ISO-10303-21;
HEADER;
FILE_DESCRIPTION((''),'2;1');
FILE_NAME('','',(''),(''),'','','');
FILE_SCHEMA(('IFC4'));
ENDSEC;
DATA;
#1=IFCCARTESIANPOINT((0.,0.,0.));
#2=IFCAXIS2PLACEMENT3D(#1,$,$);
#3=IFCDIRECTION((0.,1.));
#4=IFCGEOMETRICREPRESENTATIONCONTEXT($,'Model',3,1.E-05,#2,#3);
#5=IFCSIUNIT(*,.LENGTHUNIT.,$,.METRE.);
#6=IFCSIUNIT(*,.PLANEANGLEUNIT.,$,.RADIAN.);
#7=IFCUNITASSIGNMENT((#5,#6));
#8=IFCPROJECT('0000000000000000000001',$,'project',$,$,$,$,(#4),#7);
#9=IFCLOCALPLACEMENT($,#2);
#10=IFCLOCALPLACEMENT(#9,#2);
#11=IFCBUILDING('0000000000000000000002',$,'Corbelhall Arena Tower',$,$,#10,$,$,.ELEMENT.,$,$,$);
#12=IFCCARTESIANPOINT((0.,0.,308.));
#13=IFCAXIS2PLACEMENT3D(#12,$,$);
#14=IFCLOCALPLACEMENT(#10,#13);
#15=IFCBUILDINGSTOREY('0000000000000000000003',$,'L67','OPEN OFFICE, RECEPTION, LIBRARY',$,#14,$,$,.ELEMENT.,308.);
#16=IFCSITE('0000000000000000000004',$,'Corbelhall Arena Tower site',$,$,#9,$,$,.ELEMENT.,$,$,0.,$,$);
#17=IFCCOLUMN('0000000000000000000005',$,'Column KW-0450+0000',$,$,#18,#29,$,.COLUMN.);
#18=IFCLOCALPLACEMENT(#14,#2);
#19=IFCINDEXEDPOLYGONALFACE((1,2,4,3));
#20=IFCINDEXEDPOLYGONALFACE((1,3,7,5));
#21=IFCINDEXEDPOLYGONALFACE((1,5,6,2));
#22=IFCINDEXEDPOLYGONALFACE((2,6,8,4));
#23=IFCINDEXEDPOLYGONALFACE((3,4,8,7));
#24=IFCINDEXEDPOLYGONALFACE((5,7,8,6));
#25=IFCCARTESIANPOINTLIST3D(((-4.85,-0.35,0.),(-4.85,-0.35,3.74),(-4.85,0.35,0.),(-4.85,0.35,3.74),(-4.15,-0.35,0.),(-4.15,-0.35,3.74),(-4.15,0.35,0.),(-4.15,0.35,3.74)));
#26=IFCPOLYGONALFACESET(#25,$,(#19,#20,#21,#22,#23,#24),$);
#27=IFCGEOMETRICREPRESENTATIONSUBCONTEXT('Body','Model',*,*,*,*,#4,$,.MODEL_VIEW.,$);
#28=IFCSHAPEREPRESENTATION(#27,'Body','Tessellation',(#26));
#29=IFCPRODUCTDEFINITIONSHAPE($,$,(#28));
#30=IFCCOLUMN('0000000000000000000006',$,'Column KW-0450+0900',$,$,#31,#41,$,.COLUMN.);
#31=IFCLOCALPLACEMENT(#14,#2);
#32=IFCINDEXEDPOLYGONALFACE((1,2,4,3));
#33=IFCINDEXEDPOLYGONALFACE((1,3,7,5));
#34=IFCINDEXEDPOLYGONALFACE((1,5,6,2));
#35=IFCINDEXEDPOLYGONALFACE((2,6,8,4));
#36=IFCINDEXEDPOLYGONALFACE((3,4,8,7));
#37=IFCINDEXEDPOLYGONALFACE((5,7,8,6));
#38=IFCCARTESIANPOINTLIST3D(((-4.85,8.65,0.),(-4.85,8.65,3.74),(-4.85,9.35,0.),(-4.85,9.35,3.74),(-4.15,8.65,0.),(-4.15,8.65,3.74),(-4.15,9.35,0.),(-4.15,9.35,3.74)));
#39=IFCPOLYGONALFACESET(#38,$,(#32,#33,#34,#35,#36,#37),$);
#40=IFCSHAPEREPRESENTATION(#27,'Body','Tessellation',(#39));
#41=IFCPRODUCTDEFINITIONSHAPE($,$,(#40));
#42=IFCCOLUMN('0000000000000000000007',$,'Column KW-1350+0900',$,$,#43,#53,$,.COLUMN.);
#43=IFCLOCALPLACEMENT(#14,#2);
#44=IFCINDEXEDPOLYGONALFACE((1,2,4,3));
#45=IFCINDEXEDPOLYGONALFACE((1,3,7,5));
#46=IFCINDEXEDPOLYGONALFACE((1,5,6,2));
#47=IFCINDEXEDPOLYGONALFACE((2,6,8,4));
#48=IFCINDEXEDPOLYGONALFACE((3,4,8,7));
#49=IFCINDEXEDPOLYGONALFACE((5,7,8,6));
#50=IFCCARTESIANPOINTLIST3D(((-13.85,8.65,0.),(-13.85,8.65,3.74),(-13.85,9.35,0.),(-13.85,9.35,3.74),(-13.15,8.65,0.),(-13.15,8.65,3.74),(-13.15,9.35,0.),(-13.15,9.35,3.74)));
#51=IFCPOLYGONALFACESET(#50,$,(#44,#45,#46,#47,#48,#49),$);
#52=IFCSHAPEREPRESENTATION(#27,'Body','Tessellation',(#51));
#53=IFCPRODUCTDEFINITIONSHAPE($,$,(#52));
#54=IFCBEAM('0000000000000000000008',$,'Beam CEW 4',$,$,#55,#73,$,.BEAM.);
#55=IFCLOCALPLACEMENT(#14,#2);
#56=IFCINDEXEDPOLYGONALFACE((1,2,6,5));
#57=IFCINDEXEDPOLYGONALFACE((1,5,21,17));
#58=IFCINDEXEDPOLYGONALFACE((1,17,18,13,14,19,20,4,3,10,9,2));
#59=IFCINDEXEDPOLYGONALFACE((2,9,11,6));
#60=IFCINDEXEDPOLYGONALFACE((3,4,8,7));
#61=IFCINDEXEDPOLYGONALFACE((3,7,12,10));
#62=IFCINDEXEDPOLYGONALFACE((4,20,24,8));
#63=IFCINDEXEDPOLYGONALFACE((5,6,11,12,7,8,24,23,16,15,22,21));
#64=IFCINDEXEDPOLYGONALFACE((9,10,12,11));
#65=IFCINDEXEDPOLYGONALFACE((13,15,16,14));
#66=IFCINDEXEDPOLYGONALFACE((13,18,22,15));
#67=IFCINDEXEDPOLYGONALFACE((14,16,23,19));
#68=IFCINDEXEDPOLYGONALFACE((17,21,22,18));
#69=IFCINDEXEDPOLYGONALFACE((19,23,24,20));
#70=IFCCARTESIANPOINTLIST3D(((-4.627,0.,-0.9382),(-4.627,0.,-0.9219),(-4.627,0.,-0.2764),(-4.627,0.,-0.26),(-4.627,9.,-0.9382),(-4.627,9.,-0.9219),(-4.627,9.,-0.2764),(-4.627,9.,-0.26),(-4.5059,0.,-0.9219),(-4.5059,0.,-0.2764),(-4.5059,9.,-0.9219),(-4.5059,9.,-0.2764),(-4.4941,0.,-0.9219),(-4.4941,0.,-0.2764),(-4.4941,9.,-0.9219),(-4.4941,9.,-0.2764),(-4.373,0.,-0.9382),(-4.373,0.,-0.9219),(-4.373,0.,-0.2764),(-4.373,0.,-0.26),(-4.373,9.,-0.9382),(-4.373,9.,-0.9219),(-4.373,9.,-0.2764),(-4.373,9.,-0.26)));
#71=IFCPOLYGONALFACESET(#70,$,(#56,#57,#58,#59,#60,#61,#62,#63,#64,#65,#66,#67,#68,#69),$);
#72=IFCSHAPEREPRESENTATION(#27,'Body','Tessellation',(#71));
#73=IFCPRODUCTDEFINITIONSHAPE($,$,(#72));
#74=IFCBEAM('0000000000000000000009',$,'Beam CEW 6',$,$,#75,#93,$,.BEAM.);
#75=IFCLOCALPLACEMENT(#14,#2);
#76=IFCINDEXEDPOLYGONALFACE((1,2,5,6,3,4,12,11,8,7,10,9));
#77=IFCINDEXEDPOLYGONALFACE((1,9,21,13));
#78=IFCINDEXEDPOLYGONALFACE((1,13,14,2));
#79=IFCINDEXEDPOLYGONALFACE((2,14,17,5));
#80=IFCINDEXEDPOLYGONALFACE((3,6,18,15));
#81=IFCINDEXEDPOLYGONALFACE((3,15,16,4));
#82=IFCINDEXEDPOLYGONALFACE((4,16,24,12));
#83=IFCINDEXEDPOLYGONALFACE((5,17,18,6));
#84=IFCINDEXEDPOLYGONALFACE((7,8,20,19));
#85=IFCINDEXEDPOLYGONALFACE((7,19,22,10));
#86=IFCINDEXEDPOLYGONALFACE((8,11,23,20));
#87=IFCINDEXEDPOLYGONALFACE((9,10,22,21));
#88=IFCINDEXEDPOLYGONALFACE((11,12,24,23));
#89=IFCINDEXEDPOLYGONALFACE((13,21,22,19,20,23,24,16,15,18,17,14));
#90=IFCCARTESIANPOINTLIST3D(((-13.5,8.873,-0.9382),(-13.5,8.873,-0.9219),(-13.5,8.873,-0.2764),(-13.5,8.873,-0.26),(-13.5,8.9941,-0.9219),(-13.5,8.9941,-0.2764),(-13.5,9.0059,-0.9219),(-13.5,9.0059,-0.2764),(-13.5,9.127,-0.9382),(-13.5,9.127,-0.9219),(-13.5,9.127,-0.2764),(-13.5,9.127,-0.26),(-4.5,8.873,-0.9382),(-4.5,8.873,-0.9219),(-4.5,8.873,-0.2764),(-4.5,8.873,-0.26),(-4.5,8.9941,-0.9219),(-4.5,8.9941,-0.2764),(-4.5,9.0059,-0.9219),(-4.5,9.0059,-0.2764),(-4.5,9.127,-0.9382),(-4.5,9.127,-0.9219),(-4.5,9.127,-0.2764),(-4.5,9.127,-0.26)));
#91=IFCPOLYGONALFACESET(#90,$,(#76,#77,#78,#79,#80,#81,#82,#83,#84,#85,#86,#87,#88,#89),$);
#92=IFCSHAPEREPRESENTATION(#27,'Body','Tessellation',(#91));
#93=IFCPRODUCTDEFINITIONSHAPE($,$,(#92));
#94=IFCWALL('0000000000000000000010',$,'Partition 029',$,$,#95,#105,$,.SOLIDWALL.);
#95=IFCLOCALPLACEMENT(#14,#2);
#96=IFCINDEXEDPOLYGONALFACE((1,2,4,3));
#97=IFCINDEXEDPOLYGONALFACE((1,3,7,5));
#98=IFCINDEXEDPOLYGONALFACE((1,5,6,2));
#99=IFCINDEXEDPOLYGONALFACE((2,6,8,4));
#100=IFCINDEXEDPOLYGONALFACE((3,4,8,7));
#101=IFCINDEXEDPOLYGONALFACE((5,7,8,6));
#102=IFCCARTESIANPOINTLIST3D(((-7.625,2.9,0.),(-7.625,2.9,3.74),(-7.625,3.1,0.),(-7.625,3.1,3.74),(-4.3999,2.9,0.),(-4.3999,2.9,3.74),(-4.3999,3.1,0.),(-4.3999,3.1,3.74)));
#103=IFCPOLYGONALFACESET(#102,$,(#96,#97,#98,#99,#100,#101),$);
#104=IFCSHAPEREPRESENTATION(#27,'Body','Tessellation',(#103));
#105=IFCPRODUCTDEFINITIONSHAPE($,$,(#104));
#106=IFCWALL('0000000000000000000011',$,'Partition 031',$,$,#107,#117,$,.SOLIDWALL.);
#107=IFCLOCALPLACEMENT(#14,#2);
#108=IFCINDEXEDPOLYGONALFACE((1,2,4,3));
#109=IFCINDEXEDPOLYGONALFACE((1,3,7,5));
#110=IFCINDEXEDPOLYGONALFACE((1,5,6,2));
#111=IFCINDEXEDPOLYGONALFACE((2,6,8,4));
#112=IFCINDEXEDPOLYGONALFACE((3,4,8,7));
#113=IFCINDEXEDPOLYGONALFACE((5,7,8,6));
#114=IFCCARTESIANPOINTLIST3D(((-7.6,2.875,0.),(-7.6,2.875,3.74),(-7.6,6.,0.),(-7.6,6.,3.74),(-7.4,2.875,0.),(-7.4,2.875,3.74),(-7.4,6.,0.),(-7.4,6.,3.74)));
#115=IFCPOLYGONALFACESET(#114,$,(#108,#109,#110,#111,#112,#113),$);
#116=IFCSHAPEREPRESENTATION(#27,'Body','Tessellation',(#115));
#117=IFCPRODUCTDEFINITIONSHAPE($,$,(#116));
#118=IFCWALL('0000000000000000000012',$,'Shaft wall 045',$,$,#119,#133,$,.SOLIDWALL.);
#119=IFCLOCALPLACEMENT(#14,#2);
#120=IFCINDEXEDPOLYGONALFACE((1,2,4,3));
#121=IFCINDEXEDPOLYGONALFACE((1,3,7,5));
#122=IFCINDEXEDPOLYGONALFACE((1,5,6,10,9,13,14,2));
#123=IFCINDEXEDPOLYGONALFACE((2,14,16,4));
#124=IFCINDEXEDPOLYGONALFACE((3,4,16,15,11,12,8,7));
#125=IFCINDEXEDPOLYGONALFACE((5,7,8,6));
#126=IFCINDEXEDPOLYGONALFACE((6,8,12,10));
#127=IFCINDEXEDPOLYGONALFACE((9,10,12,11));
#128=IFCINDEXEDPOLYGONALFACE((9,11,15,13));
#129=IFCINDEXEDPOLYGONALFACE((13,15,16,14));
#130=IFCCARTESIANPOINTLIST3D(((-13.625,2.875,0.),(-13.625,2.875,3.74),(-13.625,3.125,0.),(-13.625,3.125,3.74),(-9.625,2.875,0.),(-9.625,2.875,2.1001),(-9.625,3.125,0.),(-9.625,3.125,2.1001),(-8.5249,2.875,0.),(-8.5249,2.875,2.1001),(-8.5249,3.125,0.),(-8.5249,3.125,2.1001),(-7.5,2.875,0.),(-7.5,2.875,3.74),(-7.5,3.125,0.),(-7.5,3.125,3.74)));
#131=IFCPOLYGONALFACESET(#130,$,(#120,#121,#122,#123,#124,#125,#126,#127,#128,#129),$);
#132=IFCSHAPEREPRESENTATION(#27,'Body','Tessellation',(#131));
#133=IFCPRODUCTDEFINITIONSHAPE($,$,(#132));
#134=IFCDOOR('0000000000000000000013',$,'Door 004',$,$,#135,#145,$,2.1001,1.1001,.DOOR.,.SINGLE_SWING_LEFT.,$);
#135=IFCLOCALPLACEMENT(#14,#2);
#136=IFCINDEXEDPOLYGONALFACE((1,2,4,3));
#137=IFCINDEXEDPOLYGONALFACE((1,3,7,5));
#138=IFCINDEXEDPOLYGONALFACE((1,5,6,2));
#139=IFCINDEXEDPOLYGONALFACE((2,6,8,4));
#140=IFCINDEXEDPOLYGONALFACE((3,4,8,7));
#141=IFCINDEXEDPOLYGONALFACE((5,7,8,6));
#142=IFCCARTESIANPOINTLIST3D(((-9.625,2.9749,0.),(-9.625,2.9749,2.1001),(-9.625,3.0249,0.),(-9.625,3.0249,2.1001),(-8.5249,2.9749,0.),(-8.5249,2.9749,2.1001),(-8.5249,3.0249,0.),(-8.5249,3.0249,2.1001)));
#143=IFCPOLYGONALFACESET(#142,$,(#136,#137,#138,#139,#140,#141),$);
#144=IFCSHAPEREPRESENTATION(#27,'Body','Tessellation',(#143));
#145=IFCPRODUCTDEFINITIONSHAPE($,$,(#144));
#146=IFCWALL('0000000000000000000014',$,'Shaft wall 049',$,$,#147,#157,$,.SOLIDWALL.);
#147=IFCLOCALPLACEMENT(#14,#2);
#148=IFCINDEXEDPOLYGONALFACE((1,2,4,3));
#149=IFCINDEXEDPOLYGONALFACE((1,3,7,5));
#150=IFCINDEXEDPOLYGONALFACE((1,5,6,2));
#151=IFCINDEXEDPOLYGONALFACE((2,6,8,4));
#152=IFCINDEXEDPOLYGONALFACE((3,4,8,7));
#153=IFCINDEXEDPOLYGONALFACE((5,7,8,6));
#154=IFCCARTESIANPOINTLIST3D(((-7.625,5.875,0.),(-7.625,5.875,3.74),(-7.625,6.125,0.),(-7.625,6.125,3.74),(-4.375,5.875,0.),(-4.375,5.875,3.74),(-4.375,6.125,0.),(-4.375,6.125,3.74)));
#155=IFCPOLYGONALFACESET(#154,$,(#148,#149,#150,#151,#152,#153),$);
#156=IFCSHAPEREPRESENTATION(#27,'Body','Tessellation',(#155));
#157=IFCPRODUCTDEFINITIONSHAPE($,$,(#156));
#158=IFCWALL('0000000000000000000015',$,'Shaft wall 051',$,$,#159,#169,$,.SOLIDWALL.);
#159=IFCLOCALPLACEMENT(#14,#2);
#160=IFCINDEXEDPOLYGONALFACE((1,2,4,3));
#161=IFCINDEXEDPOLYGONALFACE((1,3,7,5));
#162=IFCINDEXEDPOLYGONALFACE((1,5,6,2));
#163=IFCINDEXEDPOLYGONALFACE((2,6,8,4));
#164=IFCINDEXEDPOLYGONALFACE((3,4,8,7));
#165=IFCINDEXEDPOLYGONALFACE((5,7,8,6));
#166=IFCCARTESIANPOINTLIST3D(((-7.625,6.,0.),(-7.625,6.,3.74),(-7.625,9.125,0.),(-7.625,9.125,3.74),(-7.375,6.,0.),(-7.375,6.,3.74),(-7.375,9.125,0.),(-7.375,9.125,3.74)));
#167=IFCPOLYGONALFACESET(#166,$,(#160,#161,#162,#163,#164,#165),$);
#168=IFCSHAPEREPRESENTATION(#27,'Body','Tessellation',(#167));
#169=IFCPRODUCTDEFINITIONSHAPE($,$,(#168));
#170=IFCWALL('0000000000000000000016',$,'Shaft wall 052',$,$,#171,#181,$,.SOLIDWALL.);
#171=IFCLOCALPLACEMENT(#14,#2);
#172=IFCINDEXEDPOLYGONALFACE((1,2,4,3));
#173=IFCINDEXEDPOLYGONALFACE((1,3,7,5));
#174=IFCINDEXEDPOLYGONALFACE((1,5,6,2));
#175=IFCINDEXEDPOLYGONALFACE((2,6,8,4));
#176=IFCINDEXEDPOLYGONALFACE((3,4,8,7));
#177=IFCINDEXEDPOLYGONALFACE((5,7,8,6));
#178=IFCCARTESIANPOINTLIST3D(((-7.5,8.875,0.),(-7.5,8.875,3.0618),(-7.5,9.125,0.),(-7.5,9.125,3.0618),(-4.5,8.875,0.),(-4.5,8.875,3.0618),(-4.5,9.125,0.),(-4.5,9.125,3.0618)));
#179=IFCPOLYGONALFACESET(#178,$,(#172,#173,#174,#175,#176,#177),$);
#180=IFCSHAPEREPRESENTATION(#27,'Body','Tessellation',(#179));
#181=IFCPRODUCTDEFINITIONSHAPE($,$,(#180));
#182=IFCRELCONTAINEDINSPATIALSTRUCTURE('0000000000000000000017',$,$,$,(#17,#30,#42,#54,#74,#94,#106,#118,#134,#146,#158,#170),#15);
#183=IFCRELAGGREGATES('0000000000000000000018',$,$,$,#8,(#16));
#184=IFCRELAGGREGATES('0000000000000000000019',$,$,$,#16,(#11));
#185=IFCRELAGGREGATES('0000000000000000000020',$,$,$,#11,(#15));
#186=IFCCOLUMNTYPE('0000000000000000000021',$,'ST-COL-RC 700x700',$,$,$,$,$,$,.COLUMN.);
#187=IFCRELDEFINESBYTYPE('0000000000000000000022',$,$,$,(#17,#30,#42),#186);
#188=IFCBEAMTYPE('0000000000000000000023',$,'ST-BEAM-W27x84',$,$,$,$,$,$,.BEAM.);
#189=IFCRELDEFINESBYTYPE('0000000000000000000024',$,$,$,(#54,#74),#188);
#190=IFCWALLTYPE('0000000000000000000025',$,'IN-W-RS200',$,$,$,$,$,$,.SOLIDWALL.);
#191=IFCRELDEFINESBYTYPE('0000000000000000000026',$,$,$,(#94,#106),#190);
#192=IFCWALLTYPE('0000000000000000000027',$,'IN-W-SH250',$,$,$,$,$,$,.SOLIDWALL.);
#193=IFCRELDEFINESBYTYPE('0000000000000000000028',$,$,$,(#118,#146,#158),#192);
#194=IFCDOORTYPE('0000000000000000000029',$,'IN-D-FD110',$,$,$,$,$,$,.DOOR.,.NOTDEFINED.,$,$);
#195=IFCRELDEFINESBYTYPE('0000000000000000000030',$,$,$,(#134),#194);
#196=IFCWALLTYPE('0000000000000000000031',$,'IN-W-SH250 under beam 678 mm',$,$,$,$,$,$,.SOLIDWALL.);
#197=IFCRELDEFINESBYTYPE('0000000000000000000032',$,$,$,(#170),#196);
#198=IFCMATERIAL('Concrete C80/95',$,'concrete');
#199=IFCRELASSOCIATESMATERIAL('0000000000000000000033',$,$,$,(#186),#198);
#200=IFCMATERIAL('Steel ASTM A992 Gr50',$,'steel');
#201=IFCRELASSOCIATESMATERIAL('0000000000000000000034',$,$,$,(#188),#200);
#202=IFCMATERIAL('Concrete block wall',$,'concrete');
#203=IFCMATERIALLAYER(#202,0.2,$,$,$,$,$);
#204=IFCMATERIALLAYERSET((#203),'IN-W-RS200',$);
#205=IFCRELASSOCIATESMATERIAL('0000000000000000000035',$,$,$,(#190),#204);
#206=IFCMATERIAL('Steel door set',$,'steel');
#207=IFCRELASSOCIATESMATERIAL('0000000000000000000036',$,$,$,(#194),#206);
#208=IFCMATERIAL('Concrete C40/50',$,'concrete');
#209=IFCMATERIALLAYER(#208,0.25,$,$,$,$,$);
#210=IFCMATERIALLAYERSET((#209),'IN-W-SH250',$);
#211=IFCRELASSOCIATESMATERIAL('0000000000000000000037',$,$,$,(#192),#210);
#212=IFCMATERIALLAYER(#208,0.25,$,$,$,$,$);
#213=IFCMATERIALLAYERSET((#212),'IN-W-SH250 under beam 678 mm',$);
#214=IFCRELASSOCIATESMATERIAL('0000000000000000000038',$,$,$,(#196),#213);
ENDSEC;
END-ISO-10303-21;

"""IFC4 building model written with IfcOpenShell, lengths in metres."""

from ifc_helpers import new_model, si_unit, direction, frame, frame_2d, origin, origin_2d, place, context, subcontext, project, spatial, rectangle, i_section, extrude, material, layer, layer_set, material_profile, profile_set, type_object, element, fill, save


model = new_model("IFC4")

# Units and contexts
model_context = context("Model", 3, precision=1e-05, world=origin(), true_north=direction((0.0, 1.0)))
body_context = subcontext(model_context, "Body", "Model", "MODEL_VIEW")
ifc_project = project(units=[si_unit("LENGTHUNIT", "METRE"), si_unit("PLANEANGLEUNIT", "RADIAN")], contexts=[model_context])

# Site, building, storey
site_placement = place(None, origin())
site = spatial("IfcSite", under=ifc_project, at=site_placement, Name="Corbelhall Arena Tower site", CompositionType="ELEMENT", RefElevation=0.0)
building_placement = place(site_placement, origin())
building = spatial("IfcBuilding", under=site, at=building_placement, Name="Corbelhall Arena Tower", CompositionType="ELEMENT")
storey_placement = place(building_placement, frame((0.0, 0.0, 308.0)))
storey = spatial("IfcBuildingStorey", under=building, at=storey_placement, Name="L67", Description="OPEN OFFICE, RECEPTION, LIBRARY", CompositionType="ELEMENT", Elevation=308.0)

# Columns
ifc_material_1 = material(Name="Concrete C80/95", Category="concrete")
ifc_material_profile_1 = material_profile(ifc_material_1, rectangle(XDim=0.7, YDim=0.7, at=origin_2d()))
ifc_profile_set_1 = profile_set([ifc_material_profile_1], Name="Concrete C80/95")
column_type = type_object("IfcColumnType", Name="ST-COL-RC 700x700", PredefinedType="COLUMN", material=ifc_profile_set_1)
for number, where, z_axis, x_axis, name in (
    (1, (-4.5, 0.0, 0.0), (0.0, 0.0, 1.0), (1.0, 0.0, 0.0), "Column KW-0450+0000"),
    (2, (-4.5, 9.0, 0.0), (0.0, 0.0, 1.0), (1.0, 0.0, 0.0), "Column KW-0450+0900"),
    (3, (-13.5, 9.0, 0.0), (0.0, 0.0, 1.0), (1.0, 0.0, 0.0), "Column KW-1350+0900"),
):
    element("IfcColumn", number, at=place(storey_placement, frame(where, z_axis=z_axis, x_axis=x_axis)), inside=storey, type_object=column_type, Name=name, PredefinedType="COLUMN", context=body_context, shape_type="SweptSolid", body=[
        extrude(rectangle(XDim=0.7, YDim=0.7, at=origin_2d()), origin(), (0.0, 0.0, 1.0), 3.74),
    ])

# Beams
ifc_material_2 = material(Name="Steel ASTM A992 Gr50", Category="steel")
ifc_material_profile_2 = material_profile(ifc_material_2, i_section(OverallWidth=0.2539, OverallDepth=0.6782, WebThickness=0.0117, FlangeThickness=0.0164, at=origin_2d()))
ifc_profile_set_2 = profile_set([ifc_material_profile_2], Name="Steel ASTM A992 Gr50")
beam_type = type_object("IfcBeamType", Name="ST-BEAM-W27x84", PredefinedType="BEAM", material=ifc_profile_set_2)
for number, where, z_axis, x_axis, name in (
    (4, (-4.5, 0.0, -0.5991), (0.0, 1.0, 0.0), (-1.0, 0.0, 0.0), "Beam CEW 4"),
    (5, (-13.5, 9.0, -0.5991), (1.0, 0.0, 0.0), (0.0, 1.0, 0.0), "Beam CEW 6"),
):
    element("IfcBeam", number, at=place(storey_placement, frame(where, z_axis=z_axis, x_axis=x_axis)), inside=storey, type_object=beam_type, Name=name, PredefinedType="BEAM", context=body_context, shape_type="SweptSolid", body=[
        extrude(i_section(OverallWidth=0.2539, OverallDepth=0.6782, WebThickness=0.0117, FlangeThickness=0.0164, at=origin_2d()), origin(), (0.0, 0.0, 1.0), 9.0),
    ])

# Walls
ifc_material_3 = material(Name="Concrete block wall", Category="concrete")
ifc_layer_1 = layer(ifc_material_3, 0.2)
ifc_layer_set_1 = layer_set([ifc_layer_1], Name="IN-W-RS200")
wall_type_1 = type_object("IfcWallType", Name="IN-W-RS200", PredefinedType="SOLIDWALL", material=ifc_layer_set_1)
wall_1_placement = place(storey_placement, frame((-7.625, 3.0, 0.0), z_axis=(0.0, 0.0, 1.0), x_axis=(1.0, 0.0, 0.0)))
element("IfcWall", 6, at=wall_1_placement, inside=storey, type_object=wall_type_1, Name="Partition 029", PredefinedType="SOLIDWALL", context=body_context, shape_type="SweptSolid", body=[
    extrude(rectangle(XDim=3.2251, YDim=0.2, at=frame_2d((1.6125, 0.0))), origin(), (0.0, 0.0, 1.0), 3.74),
])
wall_2_placement = place(storey_placement, frame((-7.5, 2.875, 0.0), z_axis=(0.0, 0.0, 1.0), x_axis=(0.0, 1.0, 0.0)))
element("IfcWall", 7, at=wall_2_placement, inside=storey, type_object=wall_type_1, Name="Partition 031", PredefinedType="SOLIDWALL", context=body_context, shape_type="SweptSolid", body=[
    extrude(rectangle(XDim=3.125, YDim=0.2, at=frame_2d((1.5625, 0.0))), origin(), (0.0, 0.0, 1.0), 3.74),
])

# Shared definitions
ifc_material_4 = material(Name="Steel door set", Category="steel")
door_type_1 = type_object("IfcDoorType", Name="IN-D-FD110", OperationType="NOTDEFINED", PredefinedType="DOOR", material=ifc_material_4)

# Wall, opening, door
ifc_material_5 = material(Name="Concrete C40/50", Category="concrete")
ifc_layer_2 = layer(ifc_material_5, 0.25)
ifc_layer_set_2 = layer_set([ifc_layer_2], Name="IN-W-SH250")
wall_type_2 = type_object("IfcWallType", Name="IN-W-SH250", PredefinedType="SOLIDWALL", material=ifc_layer_set_2)
wall_3_placement = place(storey_placement, frame((-13.625, 3.0, 0.0), z_axis=(0.0, 0.0, 1.0), x_axis=(1.0, 0.0, 0.0)))
wall_3 = element("IfcWall", 8, at=wall_3_placement, inside=storey, type_object=wall_type_2, Name="Shaft wall 045", PredefinedType="SOLIDWALL", context=body_context, shape_type="SweptSolid", body=[
    extrude(rectangle(XDim=6.125, YDim=0.25, at=frame_2d((3.0625, 0.0))), origin(), (0.0, 0.0, 1.0), 3.74),
])
opening_1_placement = place(wall_3_placement, frame((4.0, 0.0, 0.0)))
opening_1 = element("IfcOpeningElement", 9, at=opening_1_placement, cuts=wall_3, PredefinedType="OPENING", context=body_context, shape_type="SweptSolid", body=[
    extrude(rectangle(XDim=1.1001, YDim=2.1001, at=frame_2d((0.55, 1.05))), frame((0.0, 0.125, 0.0), z_axis=(0.0, -1.0, 0.0), x_axis=(1.0, 0.0, 0.0)), (0.0, 0.0, 1.0), 0.25),
])
door_1_placement = place(opening_1_placement, origin())
door_1 = element("IfcDoor", 10, at=door_1_placement, inside=storey, type_object=door_type_1, Name="Door 004", OperationType="SINGLE_SWING_LEFT", OverallHeight=2.1001, OverallWidth=1.1001, PredefinedType="DOOR", context=body_context, shape_type="SweptSolid", body=[
    extrude(rectangle(XDim=1.1001, YDim=2.1001, at=frame_2d((0.55, 1.05))), frame((0.0, 0.0249, 0.0), z_axis=(0.0, -1.0, 0.0), x_axis=(1.0, 0.0, 0.0)), (0.0, 0.0, 1.0), 0.05),
])
fill(opening_1, door_1)

# Walls
wall_4_placement = place(storey_placement, frame((-7.625, 6.0, 0.0), z_axis=(0.0, 0.0, 1.0), x_axis=(1.0, 0.0, 0.0)))
element("IfcWall", 11, at=wall_4_placement, inside=storey, type_object=wall_type_2, Name="Shaft wall 049", PredefinedType="SOLIDWALL", context=body_context, shape_type="SweptSolid", body=[
    extrude(rectangle(XDim=3.25, YDim=0.25, at=frame_2d((1.625, 0.0))), origin(), (0.0, 0.0, 1.0), 3.74),
])
wall_5_placement = place(storey_placement, frame((-7.5, 6.0, 0.0), z_axis=(0.0, 0.0, 1.0), x_axis=(0.0, 1.0, 0.0)))
element("IfcWall", 12, at=wall_5_placement, inside=storey, type_object=wall_type_2, Name="Shaft wall 051", PredefinedType="SOLIDWALL", context=body_context, shape_type="SweptSolid", body=[
    extrude(rectangle(XDim=3.125, YDim=0.25, at=frame_2d((1.5625, 0.0))), origin(), (0.0, 0.0, 1.0), 3.74),
])
ifc_layer_3 = layer(ifc_material_5, 0.25)
ifc_layer_set_3 = layer_set([ifc_layer_3], Name="IN-W-SH250 under beam 678 mm")
wall_type_3 = type_object("IfcWallType", Name="IN-W-SH250 under beam 678 mm", PredefinedType="SOLIDWALL", material=ifc_layer_set_3)
wall_6_placement = place(storey_placement, frame((-7.5, 9.0, 0.0), z_axis=(0.0, 0.0, 1.0), x_axis=(1.0, 0.0, 0.0)))
element("IfcWall", 13, at=wall_6_placement, inside=storey, type_object=wall_type_3, Name="Shaft wall 052", PredefinedType="SOLIDWALL", context=body_context, shape_type="SweptSolid", body=[
    extrude(rectangle(XDim=3.0, YDim=0.25, at=frame_2d((1.5, 0.0))), origin(), (0.0, 0.0, 1.0), 3.0618),
])

save(model, "model.ifc")
